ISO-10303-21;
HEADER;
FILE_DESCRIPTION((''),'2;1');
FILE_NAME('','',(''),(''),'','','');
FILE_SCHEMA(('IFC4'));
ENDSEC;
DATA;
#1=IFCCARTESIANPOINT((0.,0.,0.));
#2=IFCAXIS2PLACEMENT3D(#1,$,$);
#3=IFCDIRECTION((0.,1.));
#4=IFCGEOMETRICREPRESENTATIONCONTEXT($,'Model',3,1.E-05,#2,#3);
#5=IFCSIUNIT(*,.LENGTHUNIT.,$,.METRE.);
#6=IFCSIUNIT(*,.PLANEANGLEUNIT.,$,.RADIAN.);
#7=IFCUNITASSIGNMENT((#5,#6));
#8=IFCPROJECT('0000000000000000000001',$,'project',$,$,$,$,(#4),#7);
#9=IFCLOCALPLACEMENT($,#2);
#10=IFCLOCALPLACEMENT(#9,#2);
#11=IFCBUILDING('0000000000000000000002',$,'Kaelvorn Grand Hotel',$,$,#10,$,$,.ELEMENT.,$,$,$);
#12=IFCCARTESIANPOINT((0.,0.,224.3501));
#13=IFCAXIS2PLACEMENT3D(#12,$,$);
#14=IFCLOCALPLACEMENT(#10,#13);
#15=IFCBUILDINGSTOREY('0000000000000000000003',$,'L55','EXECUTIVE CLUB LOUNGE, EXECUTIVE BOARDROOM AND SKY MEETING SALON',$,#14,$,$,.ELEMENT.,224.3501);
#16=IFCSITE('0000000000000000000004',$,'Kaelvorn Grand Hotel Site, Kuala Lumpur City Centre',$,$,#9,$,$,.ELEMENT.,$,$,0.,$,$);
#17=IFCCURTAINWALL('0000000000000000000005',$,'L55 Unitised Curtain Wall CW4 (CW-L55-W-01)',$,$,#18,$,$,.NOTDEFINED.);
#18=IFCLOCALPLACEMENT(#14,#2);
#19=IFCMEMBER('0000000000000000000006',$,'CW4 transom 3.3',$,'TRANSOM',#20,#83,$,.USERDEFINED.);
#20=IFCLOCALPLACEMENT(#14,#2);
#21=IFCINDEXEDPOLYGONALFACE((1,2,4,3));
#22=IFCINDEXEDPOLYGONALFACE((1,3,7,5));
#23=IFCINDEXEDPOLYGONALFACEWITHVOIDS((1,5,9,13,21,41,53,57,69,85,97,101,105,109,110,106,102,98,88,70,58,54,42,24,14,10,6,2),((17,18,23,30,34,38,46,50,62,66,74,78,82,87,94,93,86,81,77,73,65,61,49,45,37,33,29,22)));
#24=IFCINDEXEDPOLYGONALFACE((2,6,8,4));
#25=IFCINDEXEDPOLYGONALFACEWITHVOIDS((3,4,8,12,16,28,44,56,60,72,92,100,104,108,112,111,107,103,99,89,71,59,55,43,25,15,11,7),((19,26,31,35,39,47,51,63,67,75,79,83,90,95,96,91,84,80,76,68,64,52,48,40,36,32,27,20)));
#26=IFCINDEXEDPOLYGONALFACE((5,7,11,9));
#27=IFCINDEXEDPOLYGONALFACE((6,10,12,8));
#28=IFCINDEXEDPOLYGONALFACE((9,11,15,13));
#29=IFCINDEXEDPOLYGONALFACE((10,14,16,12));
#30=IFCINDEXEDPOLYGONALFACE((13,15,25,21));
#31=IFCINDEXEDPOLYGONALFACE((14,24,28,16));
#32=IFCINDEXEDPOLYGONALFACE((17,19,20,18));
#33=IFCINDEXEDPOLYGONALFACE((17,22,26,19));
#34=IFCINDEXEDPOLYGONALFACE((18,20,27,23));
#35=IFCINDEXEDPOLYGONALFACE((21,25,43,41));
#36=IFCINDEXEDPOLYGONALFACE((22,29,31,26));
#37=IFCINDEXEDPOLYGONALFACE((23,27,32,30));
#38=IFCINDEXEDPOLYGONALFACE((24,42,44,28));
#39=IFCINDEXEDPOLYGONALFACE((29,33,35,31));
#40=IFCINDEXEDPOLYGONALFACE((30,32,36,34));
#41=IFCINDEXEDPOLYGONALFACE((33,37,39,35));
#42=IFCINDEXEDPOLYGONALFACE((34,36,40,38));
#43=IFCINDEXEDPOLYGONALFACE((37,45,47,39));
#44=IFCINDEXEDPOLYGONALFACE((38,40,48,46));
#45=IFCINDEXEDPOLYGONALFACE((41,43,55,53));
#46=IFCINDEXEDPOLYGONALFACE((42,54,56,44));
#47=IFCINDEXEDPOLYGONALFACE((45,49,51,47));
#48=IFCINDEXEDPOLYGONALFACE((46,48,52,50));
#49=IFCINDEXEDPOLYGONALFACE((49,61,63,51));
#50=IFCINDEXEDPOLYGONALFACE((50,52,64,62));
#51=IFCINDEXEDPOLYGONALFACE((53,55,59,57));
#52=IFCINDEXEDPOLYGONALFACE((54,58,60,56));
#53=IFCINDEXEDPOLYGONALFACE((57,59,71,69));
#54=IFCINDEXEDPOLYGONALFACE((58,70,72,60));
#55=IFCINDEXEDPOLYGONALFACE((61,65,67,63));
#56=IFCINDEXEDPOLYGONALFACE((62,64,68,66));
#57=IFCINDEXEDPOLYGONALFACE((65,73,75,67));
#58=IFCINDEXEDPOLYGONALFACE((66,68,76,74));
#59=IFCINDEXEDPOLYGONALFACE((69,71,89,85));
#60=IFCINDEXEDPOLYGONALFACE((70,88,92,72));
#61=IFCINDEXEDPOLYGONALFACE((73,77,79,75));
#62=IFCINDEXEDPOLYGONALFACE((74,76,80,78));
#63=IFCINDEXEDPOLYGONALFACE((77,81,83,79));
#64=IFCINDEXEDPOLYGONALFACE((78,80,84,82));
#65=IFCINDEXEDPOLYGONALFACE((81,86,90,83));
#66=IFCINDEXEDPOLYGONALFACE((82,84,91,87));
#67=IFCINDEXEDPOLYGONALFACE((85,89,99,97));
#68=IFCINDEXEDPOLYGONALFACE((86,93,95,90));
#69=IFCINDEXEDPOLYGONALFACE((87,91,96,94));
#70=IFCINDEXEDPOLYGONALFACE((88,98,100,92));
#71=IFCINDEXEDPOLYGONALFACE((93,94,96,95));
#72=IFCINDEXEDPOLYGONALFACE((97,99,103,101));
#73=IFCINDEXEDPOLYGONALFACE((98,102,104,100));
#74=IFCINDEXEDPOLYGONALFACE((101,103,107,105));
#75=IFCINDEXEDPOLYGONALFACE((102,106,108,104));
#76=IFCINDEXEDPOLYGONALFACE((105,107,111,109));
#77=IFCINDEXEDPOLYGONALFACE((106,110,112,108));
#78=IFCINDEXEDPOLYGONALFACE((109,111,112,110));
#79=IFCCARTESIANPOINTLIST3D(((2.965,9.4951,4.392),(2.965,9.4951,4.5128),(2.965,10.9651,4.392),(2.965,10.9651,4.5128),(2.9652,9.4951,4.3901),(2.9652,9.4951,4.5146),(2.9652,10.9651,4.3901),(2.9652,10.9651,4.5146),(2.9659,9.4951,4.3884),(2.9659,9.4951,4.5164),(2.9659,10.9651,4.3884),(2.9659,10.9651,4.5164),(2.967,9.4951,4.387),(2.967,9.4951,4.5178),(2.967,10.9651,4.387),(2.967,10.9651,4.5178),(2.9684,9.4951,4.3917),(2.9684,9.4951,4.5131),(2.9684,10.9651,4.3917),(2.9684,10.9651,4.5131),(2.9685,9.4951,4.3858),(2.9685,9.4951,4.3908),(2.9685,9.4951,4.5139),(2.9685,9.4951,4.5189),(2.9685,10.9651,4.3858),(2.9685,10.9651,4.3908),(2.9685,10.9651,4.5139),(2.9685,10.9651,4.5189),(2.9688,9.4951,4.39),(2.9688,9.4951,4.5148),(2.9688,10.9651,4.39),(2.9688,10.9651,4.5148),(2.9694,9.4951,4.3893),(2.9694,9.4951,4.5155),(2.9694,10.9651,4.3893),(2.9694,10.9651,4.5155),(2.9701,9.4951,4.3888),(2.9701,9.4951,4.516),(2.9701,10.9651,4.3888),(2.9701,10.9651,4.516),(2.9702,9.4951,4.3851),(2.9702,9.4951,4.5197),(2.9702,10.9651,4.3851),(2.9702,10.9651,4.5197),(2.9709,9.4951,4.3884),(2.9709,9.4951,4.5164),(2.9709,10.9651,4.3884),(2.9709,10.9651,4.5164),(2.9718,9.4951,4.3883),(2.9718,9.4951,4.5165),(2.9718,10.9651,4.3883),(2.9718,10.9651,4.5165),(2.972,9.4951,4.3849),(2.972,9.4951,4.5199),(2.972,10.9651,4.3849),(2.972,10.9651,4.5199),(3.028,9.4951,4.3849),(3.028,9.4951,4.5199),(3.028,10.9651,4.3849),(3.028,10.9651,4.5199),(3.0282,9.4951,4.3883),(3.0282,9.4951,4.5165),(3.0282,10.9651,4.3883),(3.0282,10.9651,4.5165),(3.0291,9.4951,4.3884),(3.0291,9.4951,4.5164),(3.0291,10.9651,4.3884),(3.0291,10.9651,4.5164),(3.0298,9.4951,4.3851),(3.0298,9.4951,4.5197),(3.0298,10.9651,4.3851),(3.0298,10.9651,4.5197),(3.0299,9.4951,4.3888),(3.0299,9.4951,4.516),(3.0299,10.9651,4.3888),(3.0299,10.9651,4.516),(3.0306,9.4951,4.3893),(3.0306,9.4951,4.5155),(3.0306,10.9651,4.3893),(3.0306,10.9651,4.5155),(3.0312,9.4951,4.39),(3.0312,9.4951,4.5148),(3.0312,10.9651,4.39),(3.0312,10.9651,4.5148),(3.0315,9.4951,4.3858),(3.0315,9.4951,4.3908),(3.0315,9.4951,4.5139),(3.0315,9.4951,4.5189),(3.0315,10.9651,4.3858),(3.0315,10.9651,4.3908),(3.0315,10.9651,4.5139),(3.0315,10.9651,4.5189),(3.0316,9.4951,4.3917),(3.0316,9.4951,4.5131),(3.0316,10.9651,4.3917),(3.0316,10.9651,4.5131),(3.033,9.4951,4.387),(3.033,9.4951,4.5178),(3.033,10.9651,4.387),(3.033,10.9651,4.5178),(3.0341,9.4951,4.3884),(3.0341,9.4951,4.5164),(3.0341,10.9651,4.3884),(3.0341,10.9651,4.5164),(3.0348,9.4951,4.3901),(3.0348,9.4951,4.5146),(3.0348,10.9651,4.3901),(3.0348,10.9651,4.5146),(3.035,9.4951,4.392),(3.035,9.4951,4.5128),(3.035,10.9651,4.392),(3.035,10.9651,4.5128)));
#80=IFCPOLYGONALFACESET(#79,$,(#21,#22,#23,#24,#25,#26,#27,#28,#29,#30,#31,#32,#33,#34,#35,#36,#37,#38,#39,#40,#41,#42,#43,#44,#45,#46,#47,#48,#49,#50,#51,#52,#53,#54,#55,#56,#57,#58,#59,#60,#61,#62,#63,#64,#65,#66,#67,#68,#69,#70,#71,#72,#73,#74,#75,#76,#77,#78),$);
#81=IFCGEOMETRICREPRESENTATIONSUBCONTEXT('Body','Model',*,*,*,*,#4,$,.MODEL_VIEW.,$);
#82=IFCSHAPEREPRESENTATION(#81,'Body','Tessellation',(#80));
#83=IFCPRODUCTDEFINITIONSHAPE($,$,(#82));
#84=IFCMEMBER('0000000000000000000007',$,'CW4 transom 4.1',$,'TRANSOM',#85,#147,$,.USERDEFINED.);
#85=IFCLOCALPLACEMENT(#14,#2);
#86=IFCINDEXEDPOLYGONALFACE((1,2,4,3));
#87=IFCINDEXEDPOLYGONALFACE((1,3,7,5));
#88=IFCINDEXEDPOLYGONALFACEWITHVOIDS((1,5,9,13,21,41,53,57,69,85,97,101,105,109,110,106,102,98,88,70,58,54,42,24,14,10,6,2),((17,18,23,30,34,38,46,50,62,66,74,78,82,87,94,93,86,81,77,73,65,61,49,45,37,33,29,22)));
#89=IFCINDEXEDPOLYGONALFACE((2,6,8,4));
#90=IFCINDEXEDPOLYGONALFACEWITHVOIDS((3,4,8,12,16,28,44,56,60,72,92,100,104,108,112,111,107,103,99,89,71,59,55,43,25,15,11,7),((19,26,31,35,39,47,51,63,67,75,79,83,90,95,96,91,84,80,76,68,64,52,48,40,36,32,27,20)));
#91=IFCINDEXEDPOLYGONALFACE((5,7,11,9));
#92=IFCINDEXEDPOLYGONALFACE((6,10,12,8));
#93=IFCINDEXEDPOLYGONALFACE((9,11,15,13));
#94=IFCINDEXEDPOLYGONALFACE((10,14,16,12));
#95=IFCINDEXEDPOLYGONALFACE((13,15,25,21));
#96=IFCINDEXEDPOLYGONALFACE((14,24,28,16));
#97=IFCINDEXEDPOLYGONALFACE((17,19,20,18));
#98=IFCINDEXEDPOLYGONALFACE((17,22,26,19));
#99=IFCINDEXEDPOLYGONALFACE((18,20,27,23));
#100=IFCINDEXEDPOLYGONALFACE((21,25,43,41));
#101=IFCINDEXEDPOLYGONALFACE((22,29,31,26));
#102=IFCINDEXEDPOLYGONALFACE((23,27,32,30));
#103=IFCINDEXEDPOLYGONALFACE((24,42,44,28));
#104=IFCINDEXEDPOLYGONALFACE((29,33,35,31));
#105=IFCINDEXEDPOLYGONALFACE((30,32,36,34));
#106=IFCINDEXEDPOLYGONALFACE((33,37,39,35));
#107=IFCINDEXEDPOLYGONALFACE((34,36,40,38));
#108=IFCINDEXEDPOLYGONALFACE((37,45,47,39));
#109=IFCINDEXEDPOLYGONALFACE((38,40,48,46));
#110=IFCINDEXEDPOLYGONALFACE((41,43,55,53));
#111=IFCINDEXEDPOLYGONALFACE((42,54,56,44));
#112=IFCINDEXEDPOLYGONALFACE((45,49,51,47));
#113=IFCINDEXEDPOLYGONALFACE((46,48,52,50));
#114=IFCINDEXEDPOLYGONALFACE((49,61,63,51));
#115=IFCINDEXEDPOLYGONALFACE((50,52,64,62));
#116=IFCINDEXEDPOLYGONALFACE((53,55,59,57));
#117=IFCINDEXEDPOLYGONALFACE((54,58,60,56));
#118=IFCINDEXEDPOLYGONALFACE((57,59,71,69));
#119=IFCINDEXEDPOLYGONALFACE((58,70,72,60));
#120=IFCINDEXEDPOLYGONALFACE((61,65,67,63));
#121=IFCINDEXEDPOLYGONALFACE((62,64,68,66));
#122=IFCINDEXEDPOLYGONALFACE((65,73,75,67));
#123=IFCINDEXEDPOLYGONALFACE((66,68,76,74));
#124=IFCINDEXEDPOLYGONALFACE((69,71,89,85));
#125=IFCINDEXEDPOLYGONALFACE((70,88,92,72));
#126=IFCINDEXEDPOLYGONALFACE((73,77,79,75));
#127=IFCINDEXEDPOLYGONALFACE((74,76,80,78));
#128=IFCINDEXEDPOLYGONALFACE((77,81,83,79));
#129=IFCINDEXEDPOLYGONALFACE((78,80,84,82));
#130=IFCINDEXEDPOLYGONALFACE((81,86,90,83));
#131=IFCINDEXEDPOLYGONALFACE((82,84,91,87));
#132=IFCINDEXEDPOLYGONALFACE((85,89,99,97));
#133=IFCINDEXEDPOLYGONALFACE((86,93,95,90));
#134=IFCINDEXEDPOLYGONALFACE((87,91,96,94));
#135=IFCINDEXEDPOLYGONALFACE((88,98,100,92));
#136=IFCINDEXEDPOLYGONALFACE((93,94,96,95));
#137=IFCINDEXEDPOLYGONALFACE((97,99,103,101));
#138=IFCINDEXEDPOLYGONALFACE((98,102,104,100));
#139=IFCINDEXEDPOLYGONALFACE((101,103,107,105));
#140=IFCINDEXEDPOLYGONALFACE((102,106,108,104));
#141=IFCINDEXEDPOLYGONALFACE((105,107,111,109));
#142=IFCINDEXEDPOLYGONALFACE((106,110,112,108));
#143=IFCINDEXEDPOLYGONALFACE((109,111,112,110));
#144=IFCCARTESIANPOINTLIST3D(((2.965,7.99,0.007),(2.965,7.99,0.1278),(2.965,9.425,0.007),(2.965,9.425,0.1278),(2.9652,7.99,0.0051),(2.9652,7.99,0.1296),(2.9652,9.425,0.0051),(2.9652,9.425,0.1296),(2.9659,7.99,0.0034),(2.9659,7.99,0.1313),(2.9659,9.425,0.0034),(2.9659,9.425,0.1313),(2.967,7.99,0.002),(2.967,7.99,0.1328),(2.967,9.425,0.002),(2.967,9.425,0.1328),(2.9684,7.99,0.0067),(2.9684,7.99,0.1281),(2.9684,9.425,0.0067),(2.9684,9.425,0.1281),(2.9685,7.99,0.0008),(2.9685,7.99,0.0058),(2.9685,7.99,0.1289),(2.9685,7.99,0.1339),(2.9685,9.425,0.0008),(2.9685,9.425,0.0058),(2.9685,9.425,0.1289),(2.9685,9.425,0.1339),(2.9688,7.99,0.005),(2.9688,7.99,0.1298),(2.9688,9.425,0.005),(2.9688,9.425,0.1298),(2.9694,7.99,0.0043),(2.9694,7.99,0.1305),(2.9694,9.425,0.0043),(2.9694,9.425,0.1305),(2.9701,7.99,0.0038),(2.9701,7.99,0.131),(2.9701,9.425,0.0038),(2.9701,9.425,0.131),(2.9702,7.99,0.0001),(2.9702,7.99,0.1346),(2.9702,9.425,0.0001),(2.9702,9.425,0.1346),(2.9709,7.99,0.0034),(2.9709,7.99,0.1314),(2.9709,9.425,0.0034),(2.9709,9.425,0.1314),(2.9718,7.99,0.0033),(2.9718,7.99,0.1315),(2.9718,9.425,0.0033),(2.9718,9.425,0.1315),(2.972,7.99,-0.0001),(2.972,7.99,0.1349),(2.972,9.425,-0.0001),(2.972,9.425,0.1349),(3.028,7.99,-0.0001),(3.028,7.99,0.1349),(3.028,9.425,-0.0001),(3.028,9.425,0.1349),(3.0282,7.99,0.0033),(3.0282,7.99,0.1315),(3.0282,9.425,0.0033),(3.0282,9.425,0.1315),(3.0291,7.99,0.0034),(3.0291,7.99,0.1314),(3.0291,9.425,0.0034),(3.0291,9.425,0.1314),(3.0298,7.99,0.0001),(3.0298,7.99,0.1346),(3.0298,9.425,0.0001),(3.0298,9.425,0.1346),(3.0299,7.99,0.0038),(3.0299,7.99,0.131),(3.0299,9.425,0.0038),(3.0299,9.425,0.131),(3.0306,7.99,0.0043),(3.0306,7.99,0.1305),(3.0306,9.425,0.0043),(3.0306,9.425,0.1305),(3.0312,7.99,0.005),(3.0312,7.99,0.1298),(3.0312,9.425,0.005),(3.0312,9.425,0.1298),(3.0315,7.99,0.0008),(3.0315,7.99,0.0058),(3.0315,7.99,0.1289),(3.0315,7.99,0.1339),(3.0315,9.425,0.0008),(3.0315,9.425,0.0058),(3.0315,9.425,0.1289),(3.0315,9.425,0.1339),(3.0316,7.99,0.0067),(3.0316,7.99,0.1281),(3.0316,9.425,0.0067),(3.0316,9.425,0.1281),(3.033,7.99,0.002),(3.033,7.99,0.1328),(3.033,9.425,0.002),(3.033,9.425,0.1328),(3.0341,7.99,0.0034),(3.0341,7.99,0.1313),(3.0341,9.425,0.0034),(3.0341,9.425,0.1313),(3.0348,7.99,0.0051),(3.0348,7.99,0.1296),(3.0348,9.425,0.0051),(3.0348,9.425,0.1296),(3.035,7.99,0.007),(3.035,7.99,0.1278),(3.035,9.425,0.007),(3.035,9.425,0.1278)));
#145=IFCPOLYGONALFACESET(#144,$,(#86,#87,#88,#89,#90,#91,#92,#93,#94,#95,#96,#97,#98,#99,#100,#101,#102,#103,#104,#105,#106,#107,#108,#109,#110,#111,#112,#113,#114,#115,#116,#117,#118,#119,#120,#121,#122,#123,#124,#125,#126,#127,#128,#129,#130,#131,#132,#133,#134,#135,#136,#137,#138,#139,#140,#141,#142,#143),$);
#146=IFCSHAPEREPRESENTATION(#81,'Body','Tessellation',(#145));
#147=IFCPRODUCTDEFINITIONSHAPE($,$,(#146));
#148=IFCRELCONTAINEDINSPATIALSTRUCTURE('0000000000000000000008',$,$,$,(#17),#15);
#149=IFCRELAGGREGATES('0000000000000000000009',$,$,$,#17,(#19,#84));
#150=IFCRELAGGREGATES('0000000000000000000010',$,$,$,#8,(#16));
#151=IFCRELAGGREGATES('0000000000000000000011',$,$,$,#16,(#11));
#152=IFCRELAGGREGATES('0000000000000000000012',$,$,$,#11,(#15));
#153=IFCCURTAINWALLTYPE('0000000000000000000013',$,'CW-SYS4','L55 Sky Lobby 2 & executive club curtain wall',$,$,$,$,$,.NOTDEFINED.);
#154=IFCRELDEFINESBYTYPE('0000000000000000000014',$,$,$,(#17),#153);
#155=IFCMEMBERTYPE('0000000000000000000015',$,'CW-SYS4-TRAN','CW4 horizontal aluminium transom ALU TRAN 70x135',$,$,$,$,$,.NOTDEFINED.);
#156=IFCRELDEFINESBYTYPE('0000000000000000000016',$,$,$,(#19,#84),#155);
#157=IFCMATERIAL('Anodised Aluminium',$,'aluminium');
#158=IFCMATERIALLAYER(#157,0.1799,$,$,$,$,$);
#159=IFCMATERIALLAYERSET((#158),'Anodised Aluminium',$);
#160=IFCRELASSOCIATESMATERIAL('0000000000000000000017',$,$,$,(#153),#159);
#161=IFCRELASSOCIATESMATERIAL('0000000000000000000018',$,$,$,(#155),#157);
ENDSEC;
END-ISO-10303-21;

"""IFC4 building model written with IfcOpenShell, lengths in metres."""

from ifc_helpers import new_model, si_unit, direction, frame, origin, origin_2d, place, context, subcontext, project, spatial, hollow_rectangle, extrude, material, layer, layer_set, material_profile, profile_set, type_object, element, aggregate, save


model = new_model("IFC4")

# Units and contexts
model_context = context("Model", 3, precision=1e-05, world=origin(), true_north=direction((0.0, 1.0)))
body_context = subcontext(model_context, "Body", "Model", "MODEL_VIEW")
ifc_project = project(units=[si_unit("LENGTHUNIT", "METRE"), si_unit("PLANEANGLEUNIT", "RADIAN")], contexts=[model_context])

# Site, building, storey
site_placement = place(None, origin())
site = spatial("IfcSite", under=ifc_project, at=site_placement, Name="Kaelvorn Grand Hotel Site, Kuala Lumpur City Centre", CompositionType="ELEMENT", RefElevation=0.0)
building_placement = place(site_placement, origin())
building = spatial("IfcBuilding", under=site, at=building_placement, Name="Kaelvorn Grand Hotel", CompositionType="ELEMENT")
storey_placement = place(building_placement, frame((0.0, 0.0, 224.3501)))
storey = spatial("IfcBuildingStorey", under=building, at=storey_placement, Name="L55", Description="EXECUTIVE CLUB LOUNGE, EXECUTIVE BOARDROOM AND SKY MEETING SALON", CompositionType="ELEMENT", Elevation=224.3501)

# Curtain wall, members
ifc_material_1 = material(Name="Anodised Aluminium", Category="aluminium")
ifc_layer_1 = layer(ifc_material_1, 0.1799)
ifc_layer_set_1 = layer_set([ifc_layer_1], Name="Anodised Aluminium")
curtain_wall_type = type_object("IfcCurtainWallType", Name="CW-SYS4", Description="L55 Sky Lobby 2 & executive club curtain wall", PredefinedType="NOTDEFINED", material=ifc_layer_set_1)
curtain_wall_placement = place(storey_placement, origin())
curtain_wall = element("IfcCurtainWall", 1, at=curtain_wall_placement, inside=storey, type_object=curtain_wall_type, Name="L55 Unitised Curtain Wall CW4 (CW-L55-W-01)", PredefinedType="NOTDEFINED")
ifc_material_profile_1 = material_profile(ifc_material_1, hollow_rectangle(XDim=0.0701, YDim=0.135, WallThickness=0.0034, InnerFilletRadius=0.0034, OuterFilletRadius=0.0071, at=origin_2d()), Name="ALU TRAN 70x135")
ifc_profile_set_1 = profile_set([ifc_material_profile_1], Name="Anodised Aluminium")
member_type_1 = type_object("IfcMemberType", Name="CW-SYS4-TRAN", Description="CW4 horizontal aluminium transom ALU TRAN 70x135", PredefinedType="NOTDEFINED", material=ifc_profile_set_1)
member_1_placement = place(storey_placement, frame((3.0, 10.9651, 4.4524), z_axis=(0.0, -1.0, 0.0), x_axis=(1.0, 0.0, 0.0)))
member_1 = element("IfcMember", 2, at=member_1_placement, type_object=member_type_1, Name="CW4 transom 3.3", ObjectType="TRANSOM", PredefinedType="USERDEFINED", context=body_context, shape_type="SweptSolid", body=[
    extrude(hollow_rectangle(XDim=0.0701, YDim=0.135, WallThickness=0.0034, InnerFilletRadius=0.0034, OuterFilletRadius=0.0071, at=origin_2d()), origin(), (0.0, 0.0, 1.0), 1.47),
])
member_2_placement = place(storey_placement, frame((3.0, 9.425, 0.0674), z_axis=(0.0, -1.0, 0.0), x_axis=(1.0, 0.0, 0.0)))
member_2 = element("IfcMember", 3, at=member_2_placement, type_object=member_type_1, Name="CW4 transom 4.1", ObjectType="TRANSOM", PredefinedType="USERDEFINED", context=body_context, shape_type="SweptSolid", body=[
    extrude(hollow_rectangle(XDim=0.0701, YDim=0.135, WallThickness=0.0034, InnerFilletRadius=0.0034, OuterFilletRadius=0.0071, at=origin_2d()), origin(), (0.0, 0.0, 1.0), 1.4351),
])
aggregate(curtain_wall, [member_1, member_2])

save(model, "model.ifc")
